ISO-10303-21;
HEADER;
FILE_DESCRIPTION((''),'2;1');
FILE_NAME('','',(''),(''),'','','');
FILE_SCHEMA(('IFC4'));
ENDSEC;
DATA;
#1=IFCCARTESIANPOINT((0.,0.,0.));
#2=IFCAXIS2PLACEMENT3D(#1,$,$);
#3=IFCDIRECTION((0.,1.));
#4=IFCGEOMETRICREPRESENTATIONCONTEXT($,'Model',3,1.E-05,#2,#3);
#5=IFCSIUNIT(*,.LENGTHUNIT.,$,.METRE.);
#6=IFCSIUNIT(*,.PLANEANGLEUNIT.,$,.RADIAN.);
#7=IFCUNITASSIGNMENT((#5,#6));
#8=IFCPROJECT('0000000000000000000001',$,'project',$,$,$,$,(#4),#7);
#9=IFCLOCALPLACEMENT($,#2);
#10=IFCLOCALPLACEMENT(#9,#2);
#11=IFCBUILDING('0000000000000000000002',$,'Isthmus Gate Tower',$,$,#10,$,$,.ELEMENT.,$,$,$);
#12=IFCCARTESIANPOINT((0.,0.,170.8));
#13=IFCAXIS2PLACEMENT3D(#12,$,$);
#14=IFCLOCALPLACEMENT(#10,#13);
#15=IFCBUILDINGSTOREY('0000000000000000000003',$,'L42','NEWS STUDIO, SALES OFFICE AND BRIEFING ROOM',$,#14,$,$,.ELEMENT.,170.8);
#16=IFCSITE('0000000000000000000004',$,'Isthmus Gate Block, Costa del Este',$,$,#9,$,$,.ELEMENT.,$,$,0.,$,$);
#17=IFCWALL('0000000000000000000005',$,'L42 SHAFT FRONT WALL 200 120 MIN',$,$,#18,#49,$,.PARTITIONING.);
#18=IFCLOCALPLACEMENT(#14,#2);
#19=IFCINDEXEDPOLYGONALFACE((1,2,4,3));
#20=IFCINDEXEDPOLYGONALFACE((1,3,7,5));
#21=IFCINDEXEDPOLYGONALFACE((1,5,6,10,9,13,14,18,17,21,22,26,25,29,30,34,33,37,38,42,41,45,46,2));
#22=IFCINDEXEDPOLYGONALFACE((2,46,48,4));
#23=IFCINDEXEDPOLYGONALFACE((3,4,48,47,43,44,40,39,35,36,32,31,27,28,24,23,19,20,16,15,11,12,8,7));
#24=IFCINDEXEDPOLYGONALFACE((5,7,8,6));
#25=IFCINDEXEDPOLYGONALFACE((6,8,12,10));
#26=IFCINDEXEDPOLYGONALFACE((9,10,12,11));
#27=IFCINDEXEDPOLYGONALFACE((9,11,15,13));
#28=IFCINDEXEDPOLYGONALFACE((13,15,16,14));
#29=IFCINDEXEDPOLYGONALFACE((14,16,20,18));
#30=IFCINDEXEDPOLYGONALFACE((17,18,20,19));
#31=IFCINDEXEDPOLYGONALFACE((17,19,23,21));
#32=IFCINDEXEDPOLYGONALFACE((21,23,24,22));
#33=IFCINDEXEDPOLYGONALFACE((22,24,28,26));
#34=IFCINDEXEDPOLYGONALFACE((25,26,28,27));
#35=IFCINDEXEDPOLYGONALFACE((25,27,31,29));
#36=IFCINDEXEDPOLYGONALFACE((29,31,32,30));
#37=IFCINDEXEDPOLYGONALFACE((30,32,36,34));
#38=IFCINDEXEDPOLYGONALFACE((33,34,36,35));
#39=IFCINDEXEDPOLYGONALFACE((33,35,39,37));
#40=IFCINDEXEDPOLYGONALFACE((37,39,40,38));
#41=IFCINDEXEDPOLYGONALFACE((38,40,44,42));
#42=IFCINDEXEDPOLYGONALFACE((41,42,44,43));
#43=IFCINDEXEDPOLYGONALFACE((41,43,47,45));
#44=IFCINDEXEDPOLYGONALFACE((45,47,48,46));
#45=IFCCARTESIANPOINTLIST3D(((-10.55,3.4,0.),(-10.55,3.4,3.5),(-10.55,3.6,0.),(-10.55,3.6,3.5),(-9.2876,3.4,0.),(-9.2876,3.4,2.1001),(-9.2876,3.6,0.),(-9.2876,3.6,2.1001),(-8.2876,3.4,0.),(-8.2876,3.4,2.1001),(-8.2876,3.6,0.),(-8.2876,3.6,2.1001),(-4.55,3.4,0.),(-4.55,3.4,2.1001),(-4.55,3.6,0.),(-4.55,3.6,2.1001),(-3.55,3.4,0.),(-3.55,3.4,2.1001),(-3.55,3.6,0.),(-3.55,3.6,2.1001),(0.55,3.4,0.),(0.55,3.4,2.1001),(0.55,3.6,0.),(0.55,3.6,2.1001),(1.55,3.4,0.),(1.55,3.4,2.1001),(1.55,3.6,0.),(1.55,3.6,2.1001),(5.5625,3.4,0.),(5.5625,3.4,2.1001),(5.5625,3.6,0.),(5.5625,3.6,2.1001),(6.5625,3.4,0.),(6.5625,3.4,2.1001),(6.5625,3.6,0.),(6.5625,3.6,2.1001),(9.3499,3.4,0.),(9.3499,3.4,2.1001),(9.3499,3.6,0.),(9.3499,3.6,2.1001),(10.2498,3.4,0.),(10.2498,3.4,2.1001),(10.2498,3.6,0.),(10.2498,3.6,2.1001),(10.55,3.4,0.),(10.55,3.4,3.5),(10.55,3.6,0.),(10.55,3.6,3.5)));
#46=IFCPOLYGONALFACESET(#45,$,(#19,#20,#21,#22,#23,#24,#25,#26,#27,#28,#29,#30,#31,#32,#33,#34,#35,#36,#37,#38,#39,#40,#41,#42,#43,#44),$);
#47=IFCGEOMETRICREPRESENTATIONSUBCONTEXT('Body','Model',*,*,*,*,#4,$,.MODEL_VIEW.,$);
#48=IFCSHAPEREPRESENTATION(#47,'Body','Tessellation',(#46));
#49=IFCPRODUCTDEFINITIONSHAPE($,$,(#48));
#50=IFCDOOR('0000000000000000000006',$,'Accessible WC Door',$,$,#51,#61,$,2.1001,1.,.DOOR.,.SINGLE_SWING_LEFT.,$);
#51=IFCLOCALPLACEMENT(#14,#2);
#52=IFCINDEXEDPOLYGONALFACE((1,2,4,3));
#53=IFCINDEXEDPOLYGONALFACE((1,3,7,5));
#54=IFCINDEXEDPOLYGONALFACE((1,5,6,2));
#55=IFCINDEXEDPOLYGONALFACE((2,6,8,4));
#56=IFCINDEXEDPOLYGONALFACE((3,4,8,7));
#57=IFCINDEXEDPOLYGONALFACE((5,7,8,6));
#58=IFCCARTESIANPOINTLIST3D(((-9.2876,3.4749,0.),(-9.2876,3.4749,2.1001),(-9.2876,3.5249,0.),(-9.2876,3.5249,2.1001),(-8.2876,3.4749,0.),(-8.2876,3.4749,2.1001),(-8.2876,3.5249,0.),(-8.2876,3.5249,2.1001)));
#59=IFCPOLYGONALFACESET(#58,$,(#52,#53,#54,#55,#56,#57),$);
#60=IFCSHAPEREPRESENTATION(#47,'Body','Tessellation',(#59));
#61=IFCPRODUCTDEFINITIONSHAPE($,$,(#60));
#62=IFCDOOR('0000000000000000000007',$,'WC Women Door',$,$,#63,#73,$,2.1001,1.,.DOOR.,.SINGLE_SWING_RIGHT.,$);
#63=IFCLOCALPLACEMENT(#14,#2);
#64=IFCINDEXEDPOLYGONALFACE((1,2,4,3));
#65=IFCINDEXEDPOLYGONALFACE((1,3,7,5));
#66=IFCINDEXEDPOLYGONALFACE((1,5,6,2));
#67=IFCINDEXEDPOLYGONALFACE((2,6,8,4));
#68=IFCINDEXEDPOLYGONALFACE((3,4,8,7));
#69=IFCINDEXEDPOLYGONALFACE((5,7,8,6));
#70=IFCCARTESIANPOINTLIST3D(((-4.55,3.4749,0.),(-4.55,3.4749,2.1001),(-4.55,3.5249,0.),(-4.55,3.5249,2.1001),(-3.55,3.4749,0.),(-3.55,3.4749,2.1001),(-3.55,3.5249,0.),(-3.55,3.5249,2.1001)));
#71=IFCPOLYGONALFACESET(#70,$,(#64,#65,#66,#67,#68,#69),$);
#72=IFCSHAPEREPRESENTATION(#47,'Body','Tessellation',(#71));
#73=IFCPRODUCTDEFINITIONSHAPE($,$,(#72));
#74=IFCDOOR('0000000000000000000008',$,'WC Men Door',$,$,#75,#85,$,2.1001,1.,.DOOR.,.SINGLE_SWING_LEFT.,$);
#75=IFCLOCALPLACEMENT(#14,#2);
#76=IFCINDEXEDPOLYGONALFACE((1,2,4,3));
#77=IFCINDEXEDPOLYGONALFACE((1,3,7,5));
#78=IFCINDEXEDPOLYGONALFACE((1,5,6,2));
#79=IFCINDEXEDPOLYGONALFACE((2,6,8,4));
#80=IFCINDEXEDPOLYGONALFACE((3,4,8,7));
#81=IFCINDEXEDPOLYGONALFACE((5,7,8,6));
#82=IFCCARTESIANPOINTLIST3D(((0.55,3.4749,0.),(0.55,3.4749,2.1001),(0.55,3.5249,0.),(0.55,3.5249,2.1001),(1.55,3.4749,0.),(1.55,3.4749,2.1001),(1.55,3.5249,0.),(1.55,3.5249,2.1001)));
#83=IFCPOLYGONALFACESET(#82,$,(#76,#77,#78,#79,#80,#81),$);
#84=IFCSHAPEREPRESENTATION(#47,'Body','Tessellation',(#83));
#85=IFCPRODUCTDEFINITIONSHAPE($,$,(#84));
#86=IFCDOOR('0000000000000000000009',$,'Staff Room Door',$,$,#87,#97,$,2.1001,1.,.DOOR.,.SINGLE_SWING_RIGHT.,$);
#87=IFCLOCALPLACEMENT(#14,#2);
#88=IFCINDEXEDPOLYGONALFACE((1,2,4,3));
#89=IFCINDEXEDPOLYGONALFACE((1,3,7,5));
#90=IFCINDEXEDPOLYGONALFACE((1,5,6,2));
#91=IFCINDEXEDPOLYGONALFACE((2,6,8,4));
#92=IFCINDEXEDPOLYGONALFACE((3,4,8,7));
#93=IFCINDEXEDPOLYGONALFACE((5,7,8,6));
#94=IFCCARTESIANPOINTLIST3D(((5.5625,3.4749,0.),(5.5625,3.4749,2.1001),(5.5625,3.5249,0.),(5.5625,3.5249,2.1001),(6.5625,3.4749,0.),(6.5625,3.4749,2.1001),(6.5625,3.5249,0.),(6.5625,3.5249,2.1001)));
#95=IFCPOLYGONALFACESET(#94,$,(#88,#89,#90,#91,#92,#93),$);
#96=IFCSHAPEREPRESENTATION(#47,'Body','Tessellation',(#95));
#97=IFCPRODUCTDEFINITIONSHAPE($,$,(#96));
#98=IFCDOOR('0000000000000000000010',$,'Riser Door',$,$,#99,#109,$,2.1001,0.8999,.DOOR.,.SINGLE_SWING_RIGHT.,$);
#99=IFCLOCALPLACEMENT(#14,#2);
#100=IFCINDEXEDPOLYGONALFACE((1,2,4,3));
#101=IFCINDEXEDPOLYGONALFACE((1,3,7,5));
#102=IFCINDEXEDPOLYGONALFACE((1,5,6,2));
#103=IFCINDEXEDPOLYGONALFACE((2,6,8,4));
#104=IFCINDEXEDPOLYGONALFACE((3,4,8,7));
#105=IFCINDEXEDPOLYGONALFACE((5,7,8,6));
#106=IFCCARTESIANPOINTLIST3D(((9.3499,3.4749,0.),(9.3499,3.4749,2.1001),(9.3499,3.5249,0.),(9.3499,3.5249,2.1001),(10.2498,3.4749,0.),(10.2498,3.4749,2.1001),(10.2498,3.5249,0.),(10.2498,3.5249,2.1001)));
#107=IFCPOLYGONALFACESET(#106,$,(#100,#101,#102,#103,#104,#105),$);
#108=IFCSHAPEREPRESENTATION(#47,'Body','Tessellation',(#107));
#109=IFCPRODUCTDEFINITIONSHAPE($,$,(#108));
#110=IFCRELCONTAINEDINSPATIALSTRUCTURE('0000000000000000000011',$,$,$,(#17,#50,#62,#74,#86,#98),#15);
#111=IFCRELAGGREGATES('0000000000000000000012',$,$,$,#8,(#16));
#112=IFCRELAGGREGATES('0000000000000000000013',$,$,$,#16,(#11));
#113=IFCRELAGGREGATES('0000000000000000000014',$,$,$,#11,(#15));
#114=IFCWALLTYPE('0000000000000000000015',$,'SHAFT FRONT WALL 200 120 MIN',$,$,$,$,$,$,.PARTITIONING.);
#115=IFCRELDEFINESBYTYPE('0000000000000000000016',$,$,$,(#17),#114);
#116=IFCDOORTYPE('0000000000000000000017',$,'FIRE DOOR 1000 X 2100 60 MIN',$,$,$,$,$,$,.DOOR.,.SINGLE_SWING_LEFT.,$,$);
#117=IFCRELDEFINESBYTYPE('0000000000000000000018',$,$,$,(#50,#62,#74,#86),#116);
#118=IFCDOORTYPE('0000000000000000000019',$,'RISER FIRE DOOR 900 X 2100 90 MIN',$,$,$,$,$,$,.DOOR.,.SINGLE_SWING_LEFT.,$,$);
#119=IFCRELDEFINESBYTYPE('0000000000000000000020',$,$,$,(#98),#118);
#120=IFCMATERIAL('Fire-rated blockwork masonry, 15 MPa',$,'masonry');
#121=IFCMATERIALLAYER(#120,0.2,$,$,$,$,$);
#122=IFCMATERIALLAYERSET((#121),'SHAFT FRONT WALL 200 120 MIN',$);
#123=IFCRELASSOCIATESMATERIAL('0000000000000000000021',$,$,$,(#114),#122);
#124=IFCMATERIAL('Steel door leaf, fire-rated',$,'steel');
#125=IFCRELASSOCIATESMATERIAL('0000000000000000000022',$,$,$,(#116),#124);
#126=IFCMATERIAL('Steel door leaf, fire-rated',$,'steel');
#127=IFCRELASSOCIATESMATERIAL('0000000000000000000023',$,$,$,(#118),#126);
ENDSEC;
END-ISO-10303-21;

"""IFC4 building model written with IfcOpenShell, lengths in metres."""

from ifc_helpers import new_model, si_unit, direction, frame, frame_2d, origin, place, context, subcontext, project, spatial, rectangle, extrude, material, layer, layer_set, type_object, element, fill, save


model = new_model("IFC4")

# Units and contexts
model_context = context("Model", 3, precision=1e-05, world=origin(), true_north=direction((0.0, 1.0)))
body_context = subcontext(model_context, "Body", "Model", "MODEL_VIEW")
ifc_project = project(units=[si_unit("LENGTHUNIT", "METRE"), si_unit("PLANEANGLEUNIT", "RADIAN")], contexts=[model_context])

# Site, building, storey
site_placement = place(None, origin())
site = spatial("IfcSite", under=ifc_project, at=site_placement, Name="Isthmus Gate Block, Costa del Este", CompositionType="ELEMENT", RefElevation=0.0)
building_placement = place(site_placement, origin())
building = spatial("IfcBuilding", under=site, at=building_placement, Name="Isthmus Gate Tower", CompositionType="ELEMENT")
storey_placement = place(building_placement, frame((0.0, 0.0, 170.8)))
storey = spatial("IfcBuildingStorey", under=building, at=storey_placement, Name="L42", Description="NEWS STUDIO, SALES OFFICE AND BRIEFING ROOM", CompositionType="ELEMENT", Elevation=170.8)

# Wall, openings, doors
ifc_material_1 = material(Name="Fire-rated blockwork masonry, 15 MPa", Category="masonry")
ifc_layer_1 = layer(ifc_material_1, 0.2)
ifc_layer_set_1 = layer_set([ifc_layer_1], Name="SHAFT FRONT WALL 200 120 MIN")
wall_type_1 = type_object("IfcWallType", Name="SHAFT FRONT WALL 200 120 MIN", PredefinedType="PARTITIONING", material=ifc_layer_set_1)
wall_1_placement = place(storey_placement, frame((-10.55, 3.5, 0.0), z_axis=(0.0, 0.0, 1.0), x_axis=(1.0, 0.0, 0.0)))
wall_1 = element("IfcWall", 1, at=wall_1_placement, inside=storey, type_object=wall_type_1, Name="L42 SHAFT FRONT WALL 200 120 MIN", PredefinedType="PARTITIONING", context=body_context, shape_type="SweptSolid", body=[
    extrude(rectangle(XDim=21.1001, YDim=0.2, at=frame_2d((10.55, 0.0))), origin(), (0.0, 0.0, 1.0), 3.5),
])
opening_1_placement = place(wall_1_placement, frame((1.2625, 0.0, 0.0)))
opening_1 = element("IfcOpeningElement", 2, at=opening_1_placement, cuts=wall_1, PredefinedType="OPENING", context=body_context, shape_type="SweptSolid", body=[
    extrude(rectangle(XDim=1.0, YDim=2.1001, at=frame_2d((0.5, 1.05))), frame((0.0, 0.1099, 0.0), z_axis=(0.0, -1.0, 0.0), x_axis=(1.0, 0.0, 0.0)), (0.0, 0.0, 1.0), 0.22),
])
opening_2_placement = place(wall_1_placement, frame((6.0, 0.0, 0.0)))
opening_2 = element("IfcOpeningElement", 3, at=opening_2_placement, cuts=wall_1, PredefinedType="OPENING", context=body_context, shape_type="SweptSolid", body=[
    extrude(rectangle(XDim=1.0, YDim=2.1001, at=frame_2d((0.5, 1.05))), frame((0.0, 0.1099, 0.0), z_axis=(0.0, -1.0, 0.0), x_axis=(1.0, 0.0, 0.0)), (0.0, 0.0, 1.0), 0.22),
])
opening_3_placement = place(wall_1_placement, frame((11.1001, 0.0, 0.0)))
opening_3 = element("IfcOpeningElement", 4, at=opening_3_placement, cuts=wall_1, PredefinedType="OPENING", context=body_context, shape_type="SweptSolid", body=[
    extrude(rectangle(XDim=1.0, YDim=2.1001, at=frame_2d((0.5, 1.05))), frame((0.0, 0.1099, 0.0), z_axis=(0.0, -1.0, 0.0), x_axis=(1.0, 0.0, 0.0)), (0.0, 0.0, 1.0), 0.22),
])
opening_4_placement = place(wall_1_placement, frame((16.1125, 0.0, 0.0)))
opening_4 = element("IfcOpeningElement", 5, at=opening_4_placement, cuts=wall_1, PredefinedType="OPENING", context=body_context, shape_type="SweptSolid", body=[
    extrude(rectangle(XDim=1.0, YDim=2.1001, at=frame_2d((0.5, 1.05))), frame((0.0, 0.1099, 0.0), z_axis=(0.0, -1.0, 0.0), x_axis=(1.0, 0.0, 0.0)), (0.0, 0.0, 1.0), 0.22),
])
opening_5_placement = place(wall_1_placement, frame((19.8999, 0.0, 0.0)))
opening_5 = element("IfcOpeningElement", 6, at=opening_5_placement, cuts=wall_1, PredefinedType="OPENING", context=body_context, shape_type="SweptSolid", body=[
    extrude(rectangle(XDim=0.8999, YDim=2.1001, at=frame_2d((0.45, 1.05))), frame((0.0, 0.1099, 0.0), z_axis=(0.0, -1.0, 0.0), x_axis=(1.0, 0.0, 0.0)), (0.0, 0.0, 1.0), 0.22),
])
ifc_material_2 = material(Name="Steel door leaf, fire-rated", Category="steel")
door_type_1 = type_object("IfcDoorType", Name="FIRE DOOR 1000 X 2100 60 MIN", OperationType="SINGLE_SWING_LEFT", PredefinedType="DOOR", material=ifc_material_2)
door_1_placement = place(opening_1_placement, origin())
door_1 = element("IfcDoor", 7, at=door_1_placement, inside=storey, type_object=door_type_1, Name="Accessible WC Door", OperationType="SINGLE_SWING_LEFT", OverallHeight=2.1001, OverallWidth=1.0, PredefinedType="DOOR", context=body_context, shape_type="SweptSolid", body=[
    extrude(rectangle(XDim=1.0, YDim=2.1001, at=frame_2d((0.5, 1.05))), frame((0.0, 0.0249, 0.0), z_axis=(0.0, -1.0, 0.0), x_axis=(1.0, 0.0, 0.0)), (0.0, 0.0, 1.0), 0.05),
])
fill(opening_1, door_1)
door_2_placement = place(opening_2_placement, origin())
door_2 = element("IfcDoor", 8, at=door_2_placement, inside=storey, type_object=door_type_1, Name="WC Women Door", OperationType="SINGLE_SWING_RIGHT", OverallHeight=2.1001, OverallWidth=1.0, PredefinedType="DOOR", context=body_context, shape_type="SweptSolid", body=[
    extrude(rectangle(XDim=1.0, YDim=2.1001, at=frame_2d((0.5, 1.05))), frame((0.0, 0.0249, 0.0), z_axis=(0.0, -1.0, 0.0), x_axis=(1.0, 0.0, 0.0)), (0.0, 0.0, 1.0), 0.05),
])
fill(opening_2, door_2)
door_3_placement = place(opening_3_placement, origin())
door_3 = element("IfcDoor", 9, at=door_3_placement, inside=storey, type_object=door_type_1, Name="WC Men Door", OperationType="SINGLE_SWING_LEFT", OverallHeight=2.1001, OverallWidth=1.0, PredefinedType="DOOR", context=body_context, shape_type="SweptSolid", body=[
    extrude(rectangle(XDim=1.0, YDim=2.1001, at=frame_2d((0.5, 1.05))), frame((0.0, 0.0249, 0.0), z_axis=(0.0, -1.0, 0.0), x_axis=(1.0, 0.0, 0.0)), (0.0, 0.0, 1.0), 0.05),
])
fill(opening_3, door_3)
door_4_placement = place(opening_4_placement, origin())
door_4 = element("IfcDoor", 10, at=door_4_placement, inside=storey, type_object=door_type_1, Name="Staff Room Door", OperationType="SINGLE_SWING_RIGHT", OverallHeight=2.1001, OverallWidth=1.0, PredefinedType="DOOR", context=body_context, shape_type="SweptSolid", body=[
    extrude(rectangle(XDim=1.0, YDim=2.1001, at=frame_2d((0.5, 1.05))), frame((0.0, 0.0249, 0.0), z_axis=(0.0, -1.0, 0.0), x_axis=(1.0, 0.0, 0.0)), (0.0, 0.0, 1.0), 0.05),
])
fill(opening_4, door_4)
ifc_material_3 = material(Name="Steel door leaf, fire-rated", Category="steel")
door_type_2 = type_object("IfcDoorType", Name="RISER FIRE DOOR 900 X 2100 90 MIN", OperationType="SINGLE_SWING_LEFT", PredefinedType="DOOR", material=ifc_material_3)
door_5_placement = place(opening_5_placement, origin())
door_5 = element("IfcDoor", 11, at=door_5_placement, inside=storey, type_object=door_type_2, Name="Riser Door", OperationType="SINGLE_SWING_RIGHT", OverallHeight=2.1001, OverallWidth=0.8999, PredefinedType="DOOR", context=body_context, shape_type="SweptSolid", body=[
    extrude(rectangle(XDim=0.8999, YDim=2.1001, at=frame_2d((0.45, 1.05))), frame((0.0, 0.0249, 0.0), z_axis=(0.0, -1.0, 0.0), x_axis=(1.0, 0.0, 0.0)), (0.0, 0.0, 1.0), 0.05),
])
fill(opening_5, door_5)

save(model, "model.ifc")
